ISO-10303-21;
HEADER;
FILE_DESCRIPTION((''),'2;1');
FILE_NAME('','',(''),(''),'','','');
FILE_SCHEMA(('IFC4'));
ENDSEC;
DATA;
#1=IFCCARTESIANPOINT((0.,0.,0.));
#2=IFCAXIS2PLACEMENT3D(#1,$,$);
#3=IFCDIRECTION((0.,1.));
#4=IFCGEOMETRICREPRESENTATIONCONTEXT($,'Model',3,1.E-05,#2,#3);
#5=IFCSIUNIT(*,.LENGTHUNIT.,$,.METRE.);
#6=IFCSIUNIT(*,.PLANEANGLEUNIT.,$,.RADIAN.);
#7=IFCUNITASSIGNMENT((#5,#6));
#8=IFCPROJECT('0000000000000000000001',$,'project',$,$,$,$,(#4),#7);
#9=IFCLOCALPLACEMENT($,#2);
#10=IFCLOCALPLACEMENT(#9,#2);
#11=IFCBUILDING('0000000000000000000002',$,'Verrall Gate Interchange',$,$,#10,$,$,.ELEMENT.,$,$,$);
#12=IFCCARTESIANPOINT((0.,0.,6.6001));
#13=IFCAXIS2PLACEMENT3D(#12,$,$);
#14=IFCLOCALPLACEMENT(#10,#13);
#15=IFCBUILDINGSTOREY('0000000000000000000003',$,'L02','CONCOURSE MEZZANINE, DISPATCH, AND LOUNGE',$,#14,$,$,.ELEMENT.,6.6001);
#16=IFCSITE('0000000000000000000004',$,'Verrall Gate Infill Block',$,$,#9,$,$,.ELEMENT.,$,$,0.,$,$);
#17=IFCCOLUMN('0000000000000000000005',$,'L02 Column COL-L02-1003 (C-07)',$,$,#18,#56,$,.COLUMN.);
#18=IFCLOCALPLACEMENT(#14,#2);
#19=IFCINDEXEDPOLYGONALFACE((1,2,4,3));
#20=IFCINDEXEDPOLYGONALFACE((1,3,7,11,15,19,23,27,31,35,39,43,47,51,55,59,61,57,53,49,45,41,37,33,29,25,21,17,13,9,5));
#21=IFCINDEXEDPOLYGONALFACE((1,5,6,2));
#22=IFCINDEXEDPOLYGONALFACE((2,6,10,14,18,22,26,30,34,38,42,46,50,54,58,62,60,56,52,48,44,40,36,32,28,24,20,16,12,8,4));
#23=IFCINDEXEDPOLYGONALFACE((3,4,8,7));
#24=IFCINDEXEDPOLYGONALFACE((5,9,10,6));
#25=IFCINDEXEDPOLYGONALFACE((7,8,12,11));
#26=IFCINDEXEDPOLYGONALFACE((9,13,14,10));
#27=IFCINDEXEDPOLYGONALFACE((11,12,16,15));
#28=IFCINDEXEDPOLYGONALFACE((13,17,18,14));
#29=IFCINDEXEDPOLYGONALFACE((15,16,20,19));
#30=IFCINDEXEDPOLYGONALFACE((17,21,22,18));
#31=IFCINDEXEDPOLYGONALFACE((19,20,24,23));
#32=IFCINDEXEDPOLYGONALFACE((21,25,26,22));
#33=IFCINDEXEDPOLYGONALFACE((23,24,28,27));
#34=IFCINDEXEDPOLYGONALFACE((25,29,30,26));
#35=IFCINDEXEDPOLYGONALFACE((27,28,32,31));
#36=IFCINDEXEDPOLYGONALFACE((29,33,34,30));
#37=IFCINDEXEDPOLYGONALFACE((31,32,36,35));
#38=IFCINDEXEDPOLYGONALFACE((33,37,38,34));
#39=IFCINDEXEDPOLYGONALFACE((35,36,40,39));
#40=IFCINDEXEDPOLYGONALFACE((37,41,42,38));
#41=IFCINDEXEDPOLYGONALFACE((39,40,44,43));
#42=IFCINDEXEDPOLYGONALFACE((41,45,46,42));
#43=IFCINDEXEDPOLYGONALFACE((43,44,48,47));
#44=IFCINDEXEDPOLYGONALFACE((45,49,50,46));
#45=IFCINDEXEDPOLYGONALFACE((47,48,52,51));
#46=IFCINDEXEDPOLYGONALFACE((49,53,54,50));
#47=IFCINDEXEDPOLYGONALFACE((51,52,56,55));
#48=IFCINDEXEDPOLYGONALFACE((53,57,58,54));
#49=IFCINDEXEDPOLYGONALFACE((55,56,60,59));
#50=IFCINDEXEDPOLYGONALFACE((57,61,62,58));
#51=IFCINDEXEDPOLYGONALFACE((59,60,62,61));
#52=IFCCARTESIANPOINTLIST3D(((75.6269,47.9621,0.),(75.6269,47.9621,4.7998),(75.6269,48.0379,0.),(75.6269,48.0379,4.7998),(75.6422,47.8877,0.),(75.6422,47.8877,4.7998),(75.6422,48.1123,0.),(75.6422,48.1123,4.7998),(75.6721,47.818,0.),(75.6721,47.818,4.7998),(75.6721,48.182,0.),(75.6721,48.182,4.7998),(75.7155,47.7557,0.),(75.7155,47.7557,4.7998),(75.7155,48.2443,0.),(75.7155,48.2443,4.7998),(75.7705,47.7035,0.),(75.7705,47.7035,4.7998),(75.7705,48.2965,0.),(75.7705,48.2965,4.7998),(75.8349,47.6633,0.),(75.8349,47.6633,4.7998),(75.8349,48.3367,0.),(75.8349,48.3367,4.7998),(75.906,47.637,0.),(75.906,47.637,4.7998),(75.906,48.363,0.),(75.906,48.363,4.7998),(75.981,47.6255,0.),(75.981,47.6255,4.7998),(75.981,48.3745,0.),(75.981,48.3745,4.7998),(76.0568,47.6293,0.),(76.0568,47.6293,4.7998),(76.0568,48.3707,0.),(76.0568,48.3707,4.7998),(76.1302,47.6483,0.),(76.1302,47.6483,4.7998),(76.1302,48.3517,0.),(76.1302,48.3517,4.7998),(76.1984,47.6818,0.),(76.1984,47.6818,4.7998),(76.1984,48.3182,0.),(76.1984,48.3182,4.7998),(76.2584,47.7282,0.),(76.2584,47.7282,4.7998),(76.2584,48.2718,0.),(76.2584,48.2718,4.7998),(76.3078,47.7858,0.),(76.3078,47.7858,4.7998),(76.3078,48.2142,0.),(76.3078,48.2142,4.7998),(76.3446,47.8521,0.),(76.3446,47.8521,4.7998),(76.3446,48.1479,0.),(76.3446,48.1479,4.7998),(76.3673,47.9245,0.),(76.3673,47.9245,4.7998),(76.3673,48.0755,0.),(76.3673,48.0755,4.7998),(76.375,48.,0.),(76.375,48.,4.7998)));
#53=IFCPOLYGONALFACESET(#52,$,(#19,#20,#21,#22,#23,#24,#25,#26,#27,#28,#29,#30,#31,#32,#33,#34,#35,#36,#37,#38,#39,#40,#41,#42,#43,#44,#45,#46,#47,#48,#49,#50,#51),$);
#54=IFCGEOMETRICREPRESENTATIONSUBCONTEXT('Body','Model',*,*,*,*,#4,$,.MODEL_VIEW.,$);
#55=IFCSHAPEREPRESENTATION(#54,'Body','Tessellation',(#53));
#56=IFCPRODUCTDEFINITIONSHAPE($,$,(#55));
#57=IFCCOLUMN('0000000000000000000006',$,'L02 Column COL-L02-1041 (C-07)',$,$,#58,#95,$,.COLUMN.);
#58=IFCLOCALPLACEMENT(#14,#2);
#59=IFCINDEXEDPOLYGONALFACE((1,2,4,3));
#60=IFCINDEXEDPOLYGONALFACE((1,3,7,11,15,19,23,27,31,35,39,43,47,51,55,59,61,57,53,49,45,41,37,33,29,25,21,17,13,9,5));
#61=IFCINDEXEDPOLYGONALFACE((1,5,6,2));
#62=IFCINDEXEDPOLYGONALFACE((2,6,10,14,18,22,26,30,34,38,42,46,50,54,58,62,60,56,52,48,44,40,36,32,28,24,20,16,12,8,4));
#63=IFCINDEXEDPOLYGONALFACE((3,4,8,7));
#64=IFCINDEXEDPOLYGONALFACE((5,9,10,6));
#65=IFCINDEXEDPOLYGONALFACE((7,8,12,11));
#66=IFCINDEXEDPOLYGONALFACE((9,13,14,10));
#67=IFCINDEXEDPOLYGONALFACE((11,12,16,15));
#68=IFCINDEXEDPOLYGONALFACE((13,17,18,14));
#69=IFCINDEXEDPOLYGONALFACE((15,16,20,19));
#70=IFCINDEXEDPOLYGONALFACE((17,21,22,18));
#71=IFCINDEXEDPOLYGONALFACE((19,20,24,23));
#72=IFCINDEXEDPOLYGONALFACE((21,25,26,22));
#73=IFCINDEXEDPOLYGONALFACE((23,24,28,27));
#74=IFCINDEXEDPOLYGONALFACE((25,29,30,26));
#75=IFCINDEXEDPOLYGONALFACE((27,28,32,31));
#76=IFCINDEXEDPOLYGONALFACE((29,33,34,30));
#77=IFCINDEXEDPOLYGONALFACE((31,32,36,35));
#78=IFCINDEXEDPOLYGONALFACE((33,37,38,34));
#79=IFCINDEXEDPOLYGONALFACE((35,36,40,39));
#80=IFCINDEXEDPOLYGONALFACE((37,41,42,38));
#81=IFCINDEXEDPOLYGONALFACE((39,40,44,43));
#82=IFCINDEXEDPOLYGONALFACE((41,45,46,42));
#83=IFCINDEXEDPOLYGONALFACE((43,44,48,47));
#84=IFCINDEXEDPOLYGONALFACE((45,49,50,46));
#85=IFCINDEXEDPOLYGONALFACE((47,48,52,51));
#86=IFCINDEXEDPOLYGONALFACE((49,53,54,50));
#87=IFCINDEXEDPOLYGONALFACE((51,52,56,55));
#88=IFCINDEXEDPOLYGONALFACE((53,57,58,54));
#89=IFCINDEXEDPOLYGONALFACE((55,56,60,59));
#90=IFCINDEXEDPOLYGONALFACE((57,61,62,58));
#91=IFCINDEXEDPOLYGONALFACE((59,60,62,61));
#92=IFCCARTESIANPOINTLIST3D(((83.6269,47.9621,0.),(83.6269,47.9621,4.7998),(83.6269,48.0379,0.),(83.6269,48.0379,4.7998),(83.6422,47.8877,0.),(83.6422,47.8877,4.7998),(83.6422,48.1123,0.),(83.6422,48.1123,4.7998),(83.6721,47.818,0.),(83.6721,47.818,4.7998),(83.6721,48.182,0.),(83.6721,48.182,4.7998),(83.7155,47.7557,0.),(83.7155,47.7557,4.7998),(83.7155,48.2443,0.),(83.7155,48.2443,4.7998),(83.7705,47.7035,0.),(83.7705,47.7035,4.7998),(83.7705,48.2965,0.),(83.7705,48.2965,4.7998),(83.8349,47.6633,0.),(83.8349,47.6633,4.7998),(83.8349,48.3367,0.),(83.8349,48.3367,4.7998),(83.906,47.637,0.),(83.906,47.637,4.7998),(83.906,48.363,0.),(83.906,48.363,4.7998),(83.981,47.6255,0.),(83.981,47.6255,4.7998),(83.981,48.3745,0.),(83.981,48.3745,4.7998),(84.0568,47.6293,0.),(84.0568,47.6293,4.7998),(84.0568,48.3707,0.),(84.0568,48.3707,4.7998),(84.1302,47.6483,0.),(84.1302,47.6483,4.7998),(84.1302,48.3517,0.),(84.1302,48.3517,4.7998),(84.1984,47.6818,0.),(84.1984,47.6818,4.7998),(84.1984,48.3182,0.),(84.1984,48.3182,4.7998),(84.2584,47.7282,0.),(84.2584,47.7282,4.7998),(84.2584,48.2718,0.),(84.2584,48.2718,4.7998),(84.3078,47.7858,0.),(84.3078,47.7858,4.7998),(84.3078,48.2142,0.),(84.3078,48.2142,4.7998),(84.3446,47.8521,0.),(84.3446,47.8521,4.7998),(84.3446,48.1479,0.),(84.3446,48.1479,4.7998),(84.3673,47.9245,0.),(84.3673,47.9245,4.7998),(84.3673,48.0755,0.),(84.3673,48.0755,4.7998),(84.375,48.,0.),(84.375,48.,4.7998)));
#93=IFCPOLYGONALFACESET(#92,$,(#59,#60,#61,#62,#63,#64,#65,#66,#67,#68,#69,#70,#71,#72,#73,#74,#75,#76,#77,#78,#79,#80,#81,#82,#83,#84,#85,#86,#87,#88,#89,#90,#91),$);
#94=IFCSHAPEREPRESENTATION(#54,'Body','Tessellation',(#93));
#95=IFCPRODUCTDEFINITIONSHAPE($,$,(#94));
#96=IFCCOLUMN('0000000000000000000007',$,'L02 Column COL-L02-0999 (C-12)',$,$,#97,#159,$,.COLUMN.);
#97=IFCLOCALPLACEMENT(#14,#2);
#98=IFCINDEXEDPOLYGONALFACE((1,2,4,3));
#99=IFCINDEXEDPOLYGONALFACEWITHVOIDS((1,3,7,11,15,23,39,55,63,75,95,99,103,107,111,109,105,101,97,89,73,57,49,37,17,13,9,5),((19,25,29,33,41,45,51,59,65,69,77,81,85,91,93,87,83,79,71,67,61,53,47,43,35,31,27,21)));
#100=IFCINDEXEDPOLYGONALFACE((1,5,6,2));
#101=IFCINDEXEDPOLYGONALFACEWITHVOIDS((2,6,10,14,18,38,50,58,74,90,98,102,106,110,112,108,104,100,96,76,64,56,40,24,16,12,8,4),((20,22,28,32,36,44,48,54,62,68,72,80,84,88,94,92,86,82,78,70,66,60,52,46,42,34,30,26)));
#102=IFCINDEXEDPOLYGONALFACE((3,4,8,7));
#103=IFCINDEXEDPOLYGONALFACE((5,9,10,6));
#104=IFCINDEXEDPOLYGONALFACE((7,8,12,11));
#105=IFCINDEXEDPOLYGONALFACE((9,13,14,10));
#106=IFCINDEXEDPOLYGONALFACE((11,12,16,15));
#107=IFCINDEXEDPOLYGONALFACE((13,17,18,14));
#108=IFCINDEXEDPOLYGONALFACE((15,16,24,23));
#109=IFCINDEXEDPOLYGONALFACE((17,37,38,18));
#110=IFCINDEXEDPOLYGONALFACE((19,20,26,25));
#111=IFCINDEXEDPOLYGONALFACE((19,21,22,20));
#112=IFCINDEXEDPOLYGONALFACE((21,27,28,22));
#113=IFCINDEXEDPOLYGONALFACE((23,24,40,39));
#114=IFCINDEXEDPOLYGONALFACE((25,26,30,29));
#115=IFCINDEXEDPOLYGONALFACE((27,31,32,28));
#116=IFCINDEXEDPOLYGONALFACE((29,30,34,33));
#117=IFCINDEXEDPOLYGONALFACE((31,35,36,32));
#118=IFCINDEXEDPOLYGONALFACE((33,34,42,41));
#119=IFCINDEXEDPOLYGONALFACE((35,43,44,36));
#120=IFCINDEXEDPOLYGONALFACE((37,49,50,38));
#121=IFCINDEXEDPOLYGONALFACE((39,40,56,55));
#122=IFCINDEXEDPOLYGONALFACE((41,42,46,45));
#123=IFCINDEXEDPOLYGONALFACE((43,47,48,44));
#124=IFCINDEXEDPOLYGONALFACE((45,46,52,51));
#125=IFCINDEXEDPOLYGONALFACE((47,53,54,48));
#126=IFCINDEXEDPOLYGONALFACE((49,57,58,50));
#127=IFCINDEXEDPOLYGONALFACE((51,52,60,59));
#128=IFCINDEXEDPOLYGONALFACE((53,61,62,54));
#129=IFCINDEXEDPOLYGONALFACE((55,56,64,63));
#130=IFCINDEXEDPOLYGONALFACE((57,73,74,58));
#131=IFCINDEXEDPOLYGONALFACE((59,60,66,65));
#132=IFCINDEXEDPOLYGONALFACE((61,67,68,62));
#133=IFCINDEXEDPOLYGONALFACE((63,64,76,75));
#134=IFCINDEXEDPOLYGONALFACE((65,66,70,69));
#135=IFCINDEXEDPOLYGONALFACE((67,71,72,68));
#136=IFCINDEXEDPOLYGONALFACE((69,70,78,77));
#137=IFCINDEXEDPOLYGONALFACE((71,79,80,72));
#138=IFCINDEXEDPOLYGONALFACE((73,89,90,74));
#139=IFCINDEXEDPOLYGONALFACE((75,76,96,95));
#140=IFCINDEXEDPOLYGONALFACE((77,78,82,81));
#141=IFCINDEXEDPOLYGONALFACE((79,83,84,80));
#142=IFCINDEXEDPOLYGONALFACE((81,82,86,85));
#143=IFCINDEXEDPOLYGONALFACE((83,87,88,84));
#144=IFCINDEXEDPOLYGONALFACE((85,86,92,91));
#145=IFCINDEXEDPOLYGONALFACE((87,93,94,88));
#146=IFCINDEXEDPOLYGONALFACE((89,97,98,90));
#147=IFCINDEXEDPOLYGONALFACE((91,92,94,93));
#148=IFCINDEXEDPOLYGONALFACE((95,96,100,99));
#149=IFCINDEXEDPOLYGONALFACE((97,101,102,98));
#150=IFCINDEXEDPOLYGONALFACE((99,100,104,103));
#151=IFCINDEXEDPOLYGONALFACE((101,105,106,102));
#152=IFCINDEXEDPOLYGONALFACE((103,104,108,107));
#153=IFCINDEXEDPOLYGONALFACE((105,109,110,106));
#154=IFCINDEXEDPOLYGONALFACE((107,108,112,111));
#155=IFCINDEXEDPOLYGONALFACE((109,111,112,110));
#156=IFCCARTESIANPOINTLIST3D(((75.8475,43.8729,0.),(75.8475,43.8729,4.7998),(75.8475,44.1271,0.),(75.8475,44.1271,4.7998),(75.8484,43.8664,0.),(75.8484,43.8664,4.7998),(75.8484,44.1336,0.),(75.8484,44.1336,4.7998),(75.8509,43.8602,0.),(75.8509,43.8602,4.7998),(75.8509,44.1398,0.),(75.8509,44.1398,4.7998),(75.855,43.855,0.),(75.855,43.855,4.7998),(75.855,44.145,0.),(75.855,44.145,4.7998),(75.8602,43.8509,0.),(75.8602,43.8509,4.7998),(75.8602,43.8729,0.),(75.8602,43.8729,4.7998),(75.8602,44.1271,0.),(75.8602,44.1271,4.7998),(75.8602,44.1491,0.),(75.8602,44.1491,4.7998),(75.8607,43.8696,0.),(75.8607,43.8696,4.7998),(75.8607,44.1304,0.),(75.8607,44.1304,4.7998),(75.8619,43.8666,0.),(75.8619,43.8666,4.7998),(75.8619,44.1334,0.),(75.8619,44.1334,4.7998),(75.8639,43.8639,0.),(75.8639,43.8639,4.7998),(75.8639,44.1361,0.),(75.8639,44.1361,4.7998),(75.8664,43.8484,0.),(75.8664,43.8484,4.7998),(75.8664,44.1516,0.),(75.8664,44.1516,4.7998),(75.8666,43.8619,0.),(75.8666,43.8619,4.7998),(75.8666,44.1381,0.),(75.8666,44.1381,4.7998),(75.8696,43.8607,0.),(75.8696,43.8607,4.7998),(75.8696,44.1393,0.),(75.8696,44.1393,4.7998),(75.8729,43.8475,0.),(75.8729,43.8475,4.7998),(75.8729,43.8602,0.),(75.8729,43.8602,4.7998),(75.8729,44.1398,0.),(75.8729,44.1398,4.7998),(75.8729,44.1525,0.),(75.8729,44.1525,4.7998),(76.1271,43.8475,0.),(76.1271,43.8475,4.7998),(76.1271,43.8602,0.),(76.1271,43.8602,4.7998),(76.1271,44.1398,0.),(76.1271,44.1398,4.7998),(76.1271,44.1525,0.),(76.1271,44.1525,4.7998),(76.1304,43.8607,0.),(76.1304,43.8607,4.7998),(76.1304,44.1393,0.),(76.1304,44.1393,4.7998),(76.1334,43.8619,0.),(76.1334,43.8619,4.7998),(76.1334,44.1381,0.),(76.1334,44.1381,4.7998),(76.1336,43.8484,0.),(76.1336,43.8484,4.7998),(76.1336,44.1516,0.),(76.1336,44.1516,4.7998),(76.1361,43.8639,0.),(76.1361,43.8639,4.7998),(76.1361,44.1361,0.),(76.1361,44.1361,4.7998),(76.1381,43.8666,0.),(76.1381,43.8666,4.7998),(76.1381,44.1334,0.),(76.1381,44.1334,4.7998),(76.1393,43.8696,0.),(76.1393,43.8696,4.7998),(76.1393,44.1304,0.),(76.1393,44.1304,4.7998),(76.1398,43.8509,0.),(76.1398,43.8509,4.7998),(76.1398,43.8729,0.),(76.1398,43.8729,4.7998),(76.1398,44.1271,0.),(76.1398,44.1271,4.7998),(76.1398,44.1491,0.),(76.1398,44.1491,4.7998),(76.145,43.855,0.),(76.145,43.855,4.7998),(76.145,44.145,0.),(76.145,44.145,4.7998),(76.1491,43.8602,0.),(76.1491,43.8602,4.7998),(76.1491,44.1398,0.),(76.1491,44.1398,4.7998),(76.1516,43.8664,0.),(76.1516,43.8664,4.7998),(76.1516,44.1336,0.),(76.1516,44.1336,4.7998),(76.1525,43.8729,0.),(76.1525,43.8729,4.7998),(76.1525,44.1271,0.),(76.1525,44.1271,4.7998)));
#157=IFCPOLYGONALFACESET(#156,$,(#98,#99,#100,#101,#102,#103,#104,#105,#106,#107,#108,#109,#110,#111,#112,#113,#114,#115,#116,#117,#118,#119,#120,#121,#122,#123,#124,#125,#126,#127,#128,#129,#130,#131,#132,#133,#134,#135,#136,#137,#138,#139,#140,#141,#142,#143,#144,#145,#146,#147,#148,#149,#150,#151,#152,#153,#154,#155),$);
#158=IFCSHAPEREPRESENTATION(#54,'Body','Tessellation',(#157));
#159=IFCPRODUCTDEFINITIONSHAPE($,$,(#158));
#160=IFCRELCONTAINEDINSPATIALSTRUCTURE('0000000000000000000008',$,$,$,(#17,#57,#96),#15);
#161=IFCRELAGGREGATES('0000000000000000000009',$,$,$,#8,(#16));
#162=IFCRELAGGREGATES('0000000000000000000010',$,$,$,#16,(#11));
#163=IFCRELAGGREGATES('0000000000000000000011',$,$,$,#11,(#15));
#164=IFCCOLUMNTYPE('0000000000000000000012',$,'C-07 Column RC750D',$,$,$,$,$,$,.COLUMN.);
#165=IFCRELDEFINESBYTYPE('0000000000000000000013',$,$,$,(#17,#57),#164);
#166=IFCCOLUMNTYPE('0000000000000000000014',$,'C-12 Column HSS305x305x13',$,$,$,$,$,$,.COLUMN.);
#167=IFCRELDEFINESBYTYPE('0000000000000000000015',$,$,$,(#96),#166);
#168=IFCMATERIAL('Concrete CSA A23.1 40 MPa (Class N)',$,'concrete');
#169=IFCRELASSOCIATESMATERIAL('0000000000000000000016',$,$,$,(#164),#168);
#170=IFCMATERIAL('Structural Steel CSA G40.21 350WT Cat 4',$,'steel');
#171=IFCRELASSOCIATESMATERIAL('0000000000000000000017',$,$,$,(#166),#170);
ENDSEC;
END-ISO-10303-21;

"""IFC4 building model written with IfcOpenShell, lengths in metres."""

from ifc_helpers import new_model, si_unit, direction, frame, origin, origin_2d, place, context, subcontext, project, spatial, hollow_rectangle, circle, extrude, material, material_profile, profile_set, type_object, element, save


model = new_model("IFC4")

# Units and contexts
model_context = context("Model", 3, precision=1e-05, world=origin(), true_north=direction((0.0, 1.0)))
body_context = subcontext(model_context, "Body", "Model", "MODEL_VIEW")
ifc_project = project(units=[si_unit("LENGTHUNIT", "METRE"), si_unit("PLANEANGLEUNIT", "RADIAN")], contexts=[model_context])

# Site, building, storey
site_placement = place(None, origin())
site = spatial("IfcSite", under=ifc_project, at=site_placement, Name="Verrall Gate Infill Block", CompositionType="ELEMENT", RefElevation=0.0)
building_placement = place(site_placement, origin())
building = spatial("IfcBuilding", under=site, at=building_placement, Name="Verrall Gate Interchange", CompositionType="ELEMENT")
storey_placement = place(building_placement, frame((0.0, 0.0, 6.6001)))
storey = spatial("IfcBuildingStorey", under=building, at=storey_placement, Name="L02", Description="CONCOURSE MEZZANINE, DISPATCH, AND LOUNGE", CompositionType="ELEMENT", Elevation=6.6001)

# Columns
ifc_material_1 = material(Name="Concrete CSA A23.1 40 MPa (Class N)", Category="concrete")
ifc_material_profile_1 = material_profile(ifc_material_1, circle(Radius=0.375, at=origin_2d()), Name="RC750D")
ifc_profile_set_1 = profile_set([ifc_material_profile_1], Name="Concrete CSA A23.1 40 MPa (Class N)")
column_type_1 = type_object("IfcColumnType", Name="C-07 Column RC750D", PredefinedType="COLUMN", material=ifc_profile_set_1)
for number, where, z_axis, x_axis, name in (
    (1, (76.0, 48.0, 0.0), (0.0, 0.0, 1.0), (1.0, 0.0, 0.0), "L02 Column COL-L02-1003 (C-07)"),
    (2, (84.0, 48.0, 0.0), (0.0, 0.0, 1.0), (1.0, 0.0, 0.0), "L02 Column COL-L02-1041 (C-07)"),
):
    element("IfcColumn", number, at=place(storey_placement, frame(where, z_axis=z_axis, x_axis=x_axis)), inside=storey, type_object=column_type_1, Name=name, PredefinedType="COLUMN", context=body_context, shape_type="SweptSolid", body=[
        extrude(circle(Radius=0.375, at=origin_2d()), origin(), (0.0, 0.0, 1.0), 4.7998),
    ])
ifc_material_2 = material(Name="Structural Steel CSA G40.21 350WT Cat 4", Category="steel")
ifc_material_profile_2 = material_profile(ifc_material_2, hollow_rectangle(XDim=0.3049, YDim=0.3049, WallThickness=0.0127, InnerFilletRadius=0.0127, OuterFilletRadius=0.0254, at=origin_2d()), Name="HSS305x305x13")
ifc_profile_set_2 = profile_set([ifc_material_profile_2], Name="Structural Steel CSA G40.21 350WT Cat 4")
column_type_2 = type_object("IfcColumnType", Name="C-12 Column HSS305x305x13", PredefinedType="COLUMN", material=ifc_profile_set_2)
for number, where, z_axis, x_axis, name in (
    (3, (76.0, 44.0, 0.0), (0.0, 0.0, 1.0), (1.0, 0.0, 0.0), "L02 Column COL-L02-0999 (C-12)"),
):
    element("IfcColumn", number, at=place(storey_placement, frame(where, z_axis=z_axis, x_axis=x_axis)), inside=storey, type_object=column_type_2, Name=name, PredefinedType="COLUMN", context=body_context, shape_type="SweptSolid", body=[
        extrude(hollow_rectangle(XDim=0.3049, YDim=0.3049, WallThickness=0.0127, InnerFilletRadius=0.0127, OuterFilletRadius=0.0254, at=origin_2d()), origin(), (0.0, 0.0, 1.0), 4.7998),
    ])

save(model, "model.ifc")
